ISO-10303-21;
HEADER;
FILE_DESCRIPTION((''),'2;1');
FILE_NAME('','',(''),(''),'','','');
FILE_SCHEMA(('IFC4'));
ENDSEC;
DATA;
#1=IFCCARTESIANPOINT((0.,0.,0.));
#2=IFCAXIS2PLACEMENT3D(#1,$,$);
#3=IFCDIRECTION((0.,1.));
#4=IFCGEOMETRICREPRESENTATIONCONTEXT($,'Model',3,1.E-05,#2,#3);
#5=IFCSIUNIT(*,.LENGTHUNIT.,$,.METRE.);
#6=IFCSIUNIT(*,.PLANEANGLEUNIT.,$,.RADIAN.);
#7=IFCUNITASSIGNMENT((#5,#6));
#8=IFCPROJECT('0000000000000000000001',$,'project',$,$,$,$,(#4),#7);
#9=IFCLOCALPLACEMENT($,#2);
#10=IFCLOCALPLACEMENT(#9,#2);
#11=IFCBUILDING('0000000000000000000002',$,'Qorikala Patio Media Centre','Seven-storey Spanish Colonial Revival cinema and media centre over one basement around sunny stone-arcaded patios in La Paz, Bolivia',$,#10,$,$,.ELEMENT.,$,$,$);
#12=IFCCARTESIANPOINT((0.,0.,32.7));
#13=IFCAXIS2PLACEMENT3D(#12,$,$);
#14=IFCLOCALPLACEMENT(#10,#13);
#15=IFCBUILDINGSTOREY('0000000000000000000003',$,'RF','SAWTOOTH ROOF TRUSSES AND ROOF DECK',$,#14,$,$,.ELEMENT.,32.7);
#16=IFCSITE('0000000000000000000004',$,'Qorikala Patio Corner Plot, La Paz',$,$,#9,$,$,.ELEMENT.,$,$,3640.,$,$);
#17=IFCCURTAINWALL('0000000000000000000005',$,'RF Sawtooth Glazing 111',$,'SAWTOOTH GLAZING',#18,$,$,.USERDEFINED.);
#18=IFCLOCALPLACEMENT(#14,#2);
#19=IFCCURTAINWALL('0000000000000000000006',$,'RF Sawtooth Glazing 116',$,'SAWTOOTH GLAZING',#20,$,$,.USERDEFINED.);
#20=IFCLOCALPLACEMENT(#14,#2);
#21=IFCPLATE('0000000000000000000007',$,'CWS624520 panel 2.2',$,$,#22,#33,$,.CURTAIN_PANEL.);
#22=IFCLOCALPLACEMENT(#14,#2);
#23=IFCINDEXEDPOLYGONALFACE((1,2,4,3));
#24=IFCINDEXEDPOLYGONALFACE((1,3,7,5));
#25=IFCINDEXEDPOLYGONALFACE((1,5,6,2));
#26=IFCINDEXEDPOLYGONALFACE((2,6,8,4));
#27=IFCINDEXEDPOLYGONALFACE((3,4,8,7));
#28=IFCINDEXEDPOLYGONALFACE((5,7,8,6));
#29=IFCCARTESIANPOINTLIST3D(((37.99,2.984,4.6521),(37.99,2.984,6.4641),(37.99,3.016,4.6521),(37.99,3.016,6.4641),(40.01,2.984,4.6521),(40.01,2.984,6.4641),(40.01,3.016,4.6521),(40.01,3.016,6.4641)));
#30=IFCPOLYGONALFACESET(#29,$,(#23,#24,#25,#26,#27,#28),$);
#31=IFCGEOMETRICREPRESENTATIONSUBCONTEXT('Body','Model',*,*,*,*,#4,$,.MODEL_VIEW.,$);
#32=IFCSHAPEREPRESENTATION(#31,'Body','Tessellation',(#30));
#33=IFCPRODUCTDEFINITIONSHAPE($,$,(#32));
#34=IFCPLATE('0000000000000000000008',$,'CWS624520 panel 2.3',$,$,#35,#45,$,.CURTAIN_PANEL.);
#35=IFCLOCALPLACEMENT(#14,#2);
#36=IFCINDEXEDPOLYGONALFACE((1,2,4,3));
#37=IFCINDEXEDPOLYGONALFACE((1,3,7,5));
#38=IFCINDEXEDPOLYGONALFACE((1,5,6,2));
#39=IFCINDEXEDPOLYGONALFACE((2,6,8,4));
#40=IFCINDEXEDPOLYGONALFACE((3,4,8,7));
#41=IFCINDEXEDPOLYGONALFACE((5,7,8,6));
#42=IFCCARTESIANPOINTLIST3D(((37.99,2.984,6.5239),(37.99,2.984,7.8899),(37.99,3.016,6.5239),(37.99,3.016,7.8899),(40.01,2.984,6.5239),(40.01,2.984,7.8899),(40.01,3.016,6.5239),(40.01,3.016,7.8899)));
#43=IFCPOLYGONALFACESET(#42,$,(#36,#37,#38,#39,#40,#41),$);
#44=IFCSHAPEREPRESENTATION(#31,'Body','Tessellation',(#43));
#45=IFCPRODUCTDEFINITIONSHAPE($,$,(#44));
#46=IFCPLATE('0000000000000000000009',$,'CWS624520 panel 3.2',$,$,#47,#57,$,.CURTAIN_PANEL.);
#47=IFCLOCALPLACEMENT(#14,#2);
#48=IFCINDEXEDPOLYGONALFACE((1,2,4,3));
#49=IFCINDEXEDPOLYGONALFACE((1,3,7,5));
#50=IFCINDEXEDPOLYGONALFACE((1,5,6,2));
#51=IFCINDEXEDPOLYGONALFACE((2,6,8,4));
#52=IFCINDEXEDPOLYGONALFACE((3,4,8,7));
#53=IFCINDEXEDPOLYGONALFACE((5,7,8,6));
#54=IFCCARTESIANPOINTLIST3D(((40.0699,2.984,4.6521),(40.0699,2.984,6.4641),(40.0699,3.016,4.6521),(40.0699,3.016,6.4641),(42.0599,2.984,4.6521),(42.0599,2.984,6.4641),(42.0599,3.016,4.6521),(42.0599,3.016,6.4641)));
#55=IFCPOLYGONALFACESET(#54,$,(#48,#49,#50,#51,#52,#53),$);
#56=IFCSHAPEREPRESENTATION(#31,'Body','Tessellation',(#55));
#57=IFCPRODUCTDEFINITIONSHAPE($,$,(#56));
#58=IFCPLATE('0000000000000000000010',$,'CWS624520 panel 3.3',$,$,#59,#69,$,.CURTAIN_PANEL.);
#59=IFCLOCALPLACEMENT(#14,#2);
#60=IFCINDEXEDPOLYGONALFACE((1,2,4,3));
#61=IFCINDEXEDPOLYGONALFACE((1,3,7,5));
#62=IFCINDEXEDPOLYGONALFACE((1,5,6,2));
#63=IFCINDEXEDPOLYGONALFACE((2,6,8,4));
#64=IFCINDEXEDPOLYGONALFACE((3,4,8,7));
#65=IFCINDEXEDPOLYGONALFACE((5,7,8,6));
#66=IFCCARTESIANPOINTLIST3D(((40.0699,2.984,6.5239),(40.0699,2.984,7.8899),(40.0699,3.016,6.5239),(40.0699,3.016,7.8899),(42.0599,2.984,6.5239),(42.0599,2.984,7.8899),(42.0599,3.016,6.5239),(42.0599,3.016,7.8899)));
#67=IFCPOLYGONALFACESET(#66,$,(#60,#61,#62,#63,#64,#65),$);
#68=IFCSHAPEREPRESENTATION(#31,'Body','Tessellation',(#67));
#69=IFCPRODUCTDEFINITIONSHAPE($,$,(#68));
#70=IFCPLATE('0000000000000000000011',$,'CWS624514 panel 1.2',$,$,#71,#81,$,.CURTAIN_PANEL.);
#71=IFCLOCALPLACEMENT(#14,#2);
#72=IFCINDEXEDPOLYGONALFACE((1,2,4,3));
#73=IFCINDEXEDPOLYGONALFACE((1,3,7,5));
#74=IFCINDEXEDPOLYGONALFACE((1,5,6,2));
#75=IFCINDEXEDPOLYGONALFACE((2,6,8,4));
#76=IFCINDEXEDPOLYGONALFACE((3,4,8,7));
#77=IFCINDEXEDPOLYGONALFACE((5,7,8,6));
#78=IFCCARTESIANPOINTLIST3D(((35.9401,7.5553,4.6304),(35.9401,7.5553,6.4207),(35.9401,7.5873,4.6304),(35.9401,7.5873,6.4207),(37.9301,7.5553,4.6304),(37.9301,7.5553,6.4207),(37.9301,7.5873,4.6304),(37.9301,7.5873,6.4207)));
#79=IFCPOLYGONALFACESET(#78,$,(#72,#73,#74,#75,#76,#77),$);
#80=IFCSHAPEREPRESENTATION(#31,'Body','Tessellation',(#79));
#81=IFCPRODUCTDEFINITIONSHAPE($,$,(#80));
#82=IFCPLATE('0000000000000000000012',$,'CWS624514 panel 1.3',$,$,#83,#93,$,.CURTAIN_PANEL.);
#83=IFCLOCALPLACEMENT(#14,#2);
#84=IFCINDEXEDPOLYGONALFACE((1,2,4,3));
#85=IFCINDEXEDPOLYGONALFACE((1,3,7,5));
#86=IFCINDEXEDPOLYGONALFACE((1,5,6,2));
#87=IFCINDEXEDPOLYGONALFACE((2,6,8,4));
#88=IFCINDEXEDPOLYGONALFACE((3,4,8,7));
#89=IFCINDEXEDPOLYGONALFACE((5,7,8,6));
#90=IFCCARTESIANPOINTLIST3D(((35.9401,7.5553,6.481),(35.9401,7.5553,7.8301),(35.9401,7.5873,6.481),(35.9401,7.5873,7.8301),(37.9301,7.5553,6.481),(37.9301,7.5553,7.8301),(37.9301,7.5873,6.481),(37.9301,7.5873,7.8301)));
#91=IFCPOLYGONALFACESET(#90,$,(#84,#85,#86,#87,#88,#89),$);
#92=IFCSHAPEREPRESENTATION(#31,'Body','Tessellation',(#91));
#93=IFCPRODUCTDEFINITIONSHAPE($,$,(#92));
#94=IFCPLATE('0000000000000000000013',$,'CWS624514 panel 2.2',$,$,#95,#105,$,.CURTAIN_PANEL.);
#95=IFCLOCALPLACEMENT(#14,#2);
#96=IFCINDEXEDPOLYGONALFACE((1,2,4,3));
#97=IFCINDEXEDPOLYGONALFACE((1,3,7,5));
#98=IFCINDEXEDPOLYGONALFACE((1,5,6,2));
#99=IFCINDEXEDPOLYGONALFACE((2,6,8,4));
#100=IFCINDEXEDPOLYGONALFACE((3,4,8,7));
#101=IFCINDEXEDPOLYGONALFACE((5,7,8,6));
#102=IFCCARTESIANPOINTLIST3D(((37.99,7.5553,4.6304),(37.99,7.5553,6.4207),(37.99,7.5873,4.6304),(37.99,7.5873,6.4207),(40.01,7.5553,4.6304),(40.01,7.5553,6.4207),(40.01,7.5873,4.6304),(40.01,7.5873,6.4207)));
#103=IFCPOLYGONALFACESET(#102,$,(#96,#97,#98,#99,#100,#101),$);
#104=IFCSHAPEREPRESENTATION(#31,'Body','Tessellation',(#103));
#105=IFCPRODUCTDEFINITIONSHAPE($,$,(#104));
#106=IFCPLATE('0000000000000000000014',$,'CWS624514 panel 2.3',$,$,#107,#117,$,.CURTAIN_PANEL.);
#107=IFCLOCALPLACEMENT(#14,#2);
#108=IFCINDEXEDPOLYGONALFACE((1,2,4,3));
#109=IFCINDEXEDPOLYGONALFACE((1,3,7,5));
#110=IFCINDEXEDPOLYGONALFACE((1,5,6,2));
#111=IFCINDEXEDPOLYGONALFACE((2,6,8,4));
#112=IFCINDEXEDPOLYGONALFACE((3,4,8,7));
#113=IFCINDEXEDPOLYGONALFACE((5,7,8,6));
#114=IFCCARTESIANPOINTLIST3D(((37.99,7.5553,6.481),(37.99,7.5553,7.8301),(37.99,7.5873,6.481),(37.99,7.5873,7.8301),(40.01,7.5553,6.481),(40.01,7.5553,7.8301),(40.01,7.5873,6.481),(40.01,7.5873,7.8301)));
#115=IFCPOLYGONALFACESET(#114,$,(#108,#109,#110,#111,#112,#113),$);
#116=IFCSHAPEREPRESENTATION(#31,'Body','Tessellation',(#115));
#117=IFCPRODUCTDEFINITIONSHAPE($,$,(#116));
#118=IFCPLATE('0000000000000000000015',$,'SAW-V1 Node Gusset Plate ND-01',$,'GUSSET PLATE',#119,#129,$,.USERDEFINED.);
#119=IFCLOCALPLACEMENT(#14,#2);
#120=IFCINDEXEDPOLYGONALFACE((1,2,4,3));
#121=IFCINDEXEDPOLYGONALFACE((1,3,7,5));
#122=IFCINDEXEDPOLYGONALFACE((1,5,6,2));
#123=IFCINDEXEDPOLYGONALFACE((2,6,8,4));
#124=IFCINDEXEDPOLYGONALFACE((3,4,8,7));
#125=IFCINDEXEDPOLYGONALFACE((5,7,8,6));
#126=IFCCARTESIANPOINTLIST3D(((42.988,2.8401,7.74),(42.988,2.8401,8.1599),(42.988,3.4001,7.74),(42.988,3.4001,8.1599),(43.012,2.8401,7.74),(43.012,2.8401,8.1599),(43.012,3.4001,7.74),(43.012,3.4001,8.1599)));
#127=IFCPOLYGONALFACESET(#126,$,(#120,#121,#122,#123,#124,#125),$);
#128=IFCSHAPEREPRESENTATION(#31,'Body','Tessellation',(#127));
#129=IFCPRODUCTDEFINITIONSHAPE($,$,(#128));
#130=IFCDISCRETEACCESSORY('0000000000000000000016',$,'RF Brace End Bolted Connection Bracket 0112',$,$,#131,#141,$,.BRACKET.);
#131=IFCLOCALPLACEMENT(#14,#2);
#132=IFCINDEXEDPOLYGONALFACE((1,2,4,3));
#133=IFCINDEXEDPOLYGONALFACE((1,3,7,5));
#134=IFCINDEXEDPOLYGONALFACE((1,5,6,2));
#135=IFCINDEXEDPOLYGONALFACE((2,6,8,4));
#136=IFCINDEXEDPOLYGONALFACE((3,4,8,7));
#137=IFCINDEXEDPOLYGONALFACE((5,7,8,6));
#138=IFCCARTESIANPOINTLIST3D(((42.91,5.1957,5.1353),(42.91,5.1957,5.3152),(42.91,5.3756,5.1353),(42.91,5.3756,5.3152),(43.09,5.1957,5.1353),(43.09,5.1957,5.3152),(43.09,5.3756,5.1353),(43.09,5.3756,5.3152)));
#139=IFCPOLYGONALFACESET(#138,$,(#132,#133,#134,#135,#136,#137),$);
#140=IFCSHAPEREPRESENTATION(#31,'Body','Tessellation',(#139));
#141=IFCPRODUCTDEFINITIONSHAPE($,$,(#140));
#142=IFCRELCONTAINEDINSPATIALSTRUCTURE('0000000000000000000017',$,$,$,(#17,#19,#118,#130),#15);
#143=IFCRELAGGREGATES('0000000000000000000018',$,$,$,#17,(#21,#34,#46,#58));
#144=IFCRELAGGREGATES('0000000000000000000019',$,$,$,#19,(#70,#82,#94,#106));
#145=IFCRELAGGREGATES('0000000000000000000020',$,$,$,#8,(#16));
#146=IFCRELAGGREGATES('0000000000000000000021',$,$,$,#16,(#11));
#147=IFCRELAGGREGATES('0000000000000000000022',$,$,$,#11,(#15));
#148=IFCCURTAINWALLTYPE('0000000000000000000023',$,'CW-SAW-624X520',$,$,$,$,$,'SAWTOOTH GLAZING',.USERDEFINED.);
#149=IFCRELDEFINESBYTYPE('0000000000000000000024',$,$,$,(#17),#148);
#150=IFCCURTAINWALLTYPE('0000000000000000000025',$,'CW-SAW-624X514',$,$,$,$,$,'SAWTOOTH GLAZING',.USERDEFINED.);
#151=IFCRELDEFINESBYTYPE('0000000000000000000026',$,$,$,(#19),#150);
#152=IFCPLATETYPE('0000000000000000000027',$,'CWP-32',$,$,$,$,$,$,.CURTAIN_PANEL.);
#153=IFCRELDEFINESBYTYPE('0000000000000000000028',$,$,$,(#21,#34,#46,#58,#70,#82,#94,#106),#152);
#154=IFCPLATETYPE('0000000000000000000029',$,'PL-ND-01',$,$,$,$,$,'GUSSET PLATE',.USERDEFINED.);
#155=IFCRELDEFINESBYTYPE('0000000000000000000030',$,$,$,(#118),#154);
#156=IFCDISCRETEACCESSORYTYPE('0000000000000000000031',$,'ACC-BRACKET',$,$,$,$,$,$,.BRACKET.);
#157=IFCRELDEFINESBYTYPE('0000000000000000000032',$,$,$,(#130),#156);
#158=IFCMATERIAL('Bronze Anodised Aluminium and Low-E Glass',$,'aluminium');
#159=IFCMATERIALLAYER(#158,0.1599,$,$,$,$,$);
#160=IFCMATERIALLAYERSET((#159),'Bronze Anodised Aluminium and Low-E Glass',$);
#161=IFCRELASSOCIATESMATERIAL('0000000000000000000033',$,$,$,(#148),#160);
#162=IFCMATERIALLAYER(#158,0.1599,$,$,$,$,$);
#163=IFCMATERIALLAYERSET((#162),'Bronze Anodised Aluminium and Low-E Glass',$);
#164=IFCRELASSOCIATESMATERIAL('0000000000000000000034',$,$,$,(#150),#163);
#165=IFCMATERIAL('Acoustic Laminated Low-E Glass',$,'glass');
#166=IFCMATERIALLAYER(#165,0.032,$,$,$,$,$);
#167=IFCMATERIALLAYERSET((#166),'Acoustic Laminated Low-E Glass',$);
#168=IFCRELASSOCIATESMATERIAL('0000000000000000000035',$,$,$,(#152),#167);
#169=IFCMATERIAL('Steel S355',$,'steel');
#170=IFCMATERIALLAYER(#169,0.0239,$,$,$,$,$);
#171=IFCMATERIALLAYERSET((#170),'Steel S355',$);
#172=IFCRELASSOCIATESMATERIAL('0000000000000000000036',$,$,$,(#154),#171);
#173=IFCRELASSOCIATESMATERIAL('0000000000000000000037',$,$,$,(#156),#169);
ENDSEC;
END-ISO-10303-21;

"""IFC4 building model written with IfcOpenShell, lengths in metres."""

from ifc_helpers import new_model, si_unit, direction, frame, origin, origin_2d, place, context, subcontext, project, spatial, rectangle, extrude, material, layer, layer_set, type_object, element, aggregate, save


model = new_model("IFC4")

# Units and contexts
model_context = context("Model", 3, precision=1e-05, world=origin(), true_north=direction((0.0, 1.0)))
body_context = subcontext(model_context, "Body", "Model", "MODEL_VIEW")
ifc_project = project(units=[si_unit("LENGTHUNIT", "METRE"), si_unit("PLANEANGLEUNIT", "RADIAN")], contexts=[model_context])

# Site, building, storey
site_placement = place(None, origin())
site = spatial("IfcSite", under=ifc_project, at=site_placement, Name="Qorikala Patio Corner Plot, La Paz", CompositionType="ELEMENT", RefElevation=3640.0)
building_placement = place(site_placement, origin())
building = spatial("IfcBuilding", under=site, at=building_placement, Name="Qorikala Patio Media Centre", Description="Seven-storey Spanish Colonial Revival cinema and media centre over one basement around sunny stone-arcaded patios in La Paz, Bolivia", CompositionType="ELEMENT")
storey_placement = place(building_placement, frame((0.0, 0.0, 32.7)))
storey = spatial("IfcBuildingStorey", under=building, at=storey_placement, Name="RF", Description="SAWTOOTH ROOF TRUSSES AND ROOF DECK", CompositionType="ELEMENT", Elevation=32.7)

# Shared definitions
ifc_material_1 = material(Name="Steel S355", Category="steel")

# Curtain walls
ifc_material_2 = material(Name="Bronze Anodised Aluminium and Low-E Glass", Category="aluminium")
ifc_layer_1 = layer(ifc_material_2, 0.1599)
ifc_layer_set_1 = layer_set([ifc_layer_1], Name="Bronze Anodised Aluminium and Low-E Glass")
curtain_wall_type_1 = type_object("IfcCurtainWallType", Name="CW-SAW-624X520", ElementType="SAWTOOTH GLAZING", PredefinedType="USERDEFINED", material=ifc_layer_set_1)
curtain_wall_1_placement = place(storey_placement, origin())
curtain_wall_1 = element("IfcCurtainWall", 1, at=curtain_wall_1_placement, inside=storey, type_object=curtain_wall_type_1, Name="RF Sawtooth Glazing 111", ObjectType="SAWTOOTH GLAZING", PredefinedType="USERDEFINED")
ifc_layer_2 = layer(ifc_material_2, 0.1599)
ifc_layer_set_2 = layer_set([ifc_layer_2], Name="Bronze Anodised Aluminium and Low-E Glass")
curtain_wall_type_2 = type_object("IfcCurtainWallType", Name="CW-SAW-624X514", ElementType="SAWTOOTH GLAZING", PredefinedType="USERDEFINED", material=ifc_layer_set_2)
curtain_wall_2_placement = place(storey_placement, origin())
curtain_wall_2 = element("IfcCurtainWall", 2, at=curtain_wall_2_placement, inside=storey, type_object=curtain_wall_type_2, Name="RF Sawtooth Glazing 116", ObjectType="SAWTOOTH GLAZING", PredefinedType="USERDEFINED")

# Plates
ifc_material_3 = material(Name="Acoustic Laminated Low-E Glass", Category="glass")
ifc_layer_3 = layer(ifc_material_3, 0.032)
ifc_layer_set_3 = layer_set([ifc_layer_3], Name="Acoustic Laminated Low-E Glass")
plate_type_1 = type_object("IfcPlateType", Name="CWP-32", PredefinedType="CURTAIN_PANEL", material=ifc_layer_set_3)
plate_1_placement = place(storey_placement, frame((39.0, 3.0, 4.6521), z_axis=(0.0, 0.0, 1.0), x_axis=(1.0, 0.0, 0.0)))
plate_1 = element("IfcPlate", 3, at=plate_1_placement, type_object=plate_type_1, Name="CWS624520 panel 2.2", PredefinedType="CURTAIN_PANEL", context=body_context, shape_type="SweptSolid", body=[
    extrude(rectangle(XDim=2.02, YDim=0.032, at=origin_2d()), origin(), (0.0, 0.0, 1.0), 1.812),
])
plate_2_placement = place(storey_placement, frame((39.0, 3.0, 6.5239), z_axis=(0.0, 0.0, 1.0), x_axis=(1.0, 0.0, 0.0)))
plate_2 = element("IfcPlate", 4, at=plate_2_placement, type_object=plate_type_1, Name="CWS624520 panel 2.3", PredefinedType="CURTAIN_PANEL", context=body_context, shape_type="SweptSolid", body=[
    extrude(rectangle(XDim=2.02, YDim=0.032, at=origin_2d()), origin(), (0.0, 0.0, 1.0), 1.366),
])
plate_3_placement = place(storey_placement, frame((41.0649, 3.0, 4.6521), z_axis=(0.0, 0.0, 1.0), x_axis=(1.0, 0.0, 0.0)))
plate_3 = element("IfcPlate", 5, at=plate_3_placement, type_object=plate_type_1, Name="CWS624520 panel 3.2", PredefinedType="CURTAIN_PANEL", context=body_context, shape_type="SweptSolid", body=[
    extrude(rectangle(XDim=1.99, YDim=0.032, at=origin_2d()), origin(), (0.0, 0.0, 1.0), 1.812),
])
plate_4_placement = place(storey_placement, frame((41.0649, 3.0, 6.5239), z_axis=(0.0, 0.0, 1.0), x_axis=(1.0, 0.0, 0.0)))
plate_4 = element("IfcPlate", 6, at=plate_4_placement, type_object=plate_type_1, Name="CWS624520 panel 3.3", PredefinedType="CURTAIN_PANEL", context=body_context, shape_type="SweptSolid", body=[
    extrude(rectangle(XDim=1.99, YDim=0.032, at=origin_2d()), origin(), (0.0, 0.0, 1.0), 1.366),
])
aggregate(curtain_wall_1, [plate_1, plate_2, plate_3, plate_4])
plate_5_placement = place(storey_placement, frame((36.9351, 7.5713, 4.6304), z_axis=(0.0, 0.0, 1.0), x_axis=(1.0, 0.0, 0.0)))
plate_5 = element("IfcPlate", 7, at=plate_5_placement, type_object=plate_type_1, Name="CWS624514 panel 1.2", PredefinedType="CURTAIN_PANEL", context=body_context, shape_type="SweptSolid", body=[
    extrude(rectangle(XDim=1.99, YDim=0.032, at=origin_2d()), origin(), (0.0, 0.0, 1.0), 1.7903),
])
plate_6_placement = place(storey_placement, frame((36.9351, 7.5713, 6.481), z_axis=(0.0, 0.0, 1.0), x_axis=(1.0, 0.0, 0.0)))
plate_6 = element("IfcPlate", 8, at=plate_6_placement, type_object=plate_type_1, Name="CWS624514 panel 1.3", PredefinedType="CURTAIN_PANEL", context=body_context, shape_type="SweptSolid", body=[
    extrude(rectangle(XDim=1.99, YDim=0.032, at=origin_2d()), origin(), (0.0, 0.0, 1.0), 1.3491),
])
plate_7_placement = place(storey_placement, frame((39.0, 7.5713, 4.6304), z_axis=(0.0, 0.0, 1.0), x_axis=(1.0, 0.0, 0.0)))
plate_7 = element("IfcPlate", 9, at=plate_7_placement, type_object=plate_type_1, Name="CWS624514 panel 2.2", PredefinedType="CURTAIN_PANEL", context=body_context, shape_type="SweptSolid", body=[
    extrude(rectangle(XDim=2.02, YDim=0.032, at=origin_2d()), origin(), (0.0, 0.0, 1.0), 1.7903),
])
plate_8_placement = place(storey_placement, frame((39.0, 7.5713, 6.481), z_axis=(0.0, 0.0, 1.0), x_axis=(1.0, 0.0, 0.0)))
plate_8 = element("IfcPlate", 10, at=plate_8_placement, type_object=plate_type_1, Name="CWS624514 panel 2.3", PredefinedType="CURTAIN_PANEL", context=body_context, shape_type="SweptSolid", body=[
    extrude(rectangle(XDim=2.02, YDim=0.032, at=origin_2d()), origin(), (0.0, 0.0, 1.0), 1.3491),
])
aggregate(curtain_wall_2, [plate_5, plate_6, plate_7, plate_8])
ifc_layer_4 = layer(ifc_material_1, 0.0239)
ifc_layer_set_4 = layer_set([ifc_layer_4], Name="Steel S355")
plate_type_2 = type_object("IfcPlateType", Name="PL-ND-01", ElementType="GUSSET PLATE", PredefinedType="USERDEFINED", material=ifc_layer_set_4)
plate_9_placement = place(storey_placement, frame((43.0, 3.1201, 7.74), z_axis=(0.0, 0.0, 1.0), x_axis=(1.0, 0.0, 0.0)))
element("IfcPlate", 11, at=plate_9_placement, inside=storey, type_object=plate_type_2, Name="SAW-V1 Node Gusset Plate ND-01", ObjectType="GUSSET PLATE", PredefinedType="USERDEFINED", context=body_context, shape_type="SweptSolid", body=[
    extrude(rectangle(XDim=0.0239, YDim=0.5601, at=origin_2d()), origin(), (0.0, 0.0, 1.0), 0.4199),
])

# Discrete accessory
discrete_accessory_type = type_object("IfcDiscreteAccessoryType", Name="ACC-BRACKET", PredefinedType="BRACKET", material=ifc_material_1)
discrete_accessory_placement = place(storey_placement, frame((43.0, 5.2856, 5.1353), z_axis=(0.0, 0.0, 1.0), x_axis=(1.0, 0.0, 0.0)))
element("IfcDiscreteAccessory", 12, at=discrete_accessory_placement, inside=storey, type_object=discrete_accessory_type, Name="RF Brace End Bolted Connection Bracket 0112", PredefinedType="BRACKET", context=body_context, shape_type="SweptSolid", body=[
    extrude(rectangle(XDim=0.1799, YDim=0.1799, at=origin_2d()), origin(), (0.0, 0.0, 1.0), 0.1799),
])

save(model, "model.ifc")
